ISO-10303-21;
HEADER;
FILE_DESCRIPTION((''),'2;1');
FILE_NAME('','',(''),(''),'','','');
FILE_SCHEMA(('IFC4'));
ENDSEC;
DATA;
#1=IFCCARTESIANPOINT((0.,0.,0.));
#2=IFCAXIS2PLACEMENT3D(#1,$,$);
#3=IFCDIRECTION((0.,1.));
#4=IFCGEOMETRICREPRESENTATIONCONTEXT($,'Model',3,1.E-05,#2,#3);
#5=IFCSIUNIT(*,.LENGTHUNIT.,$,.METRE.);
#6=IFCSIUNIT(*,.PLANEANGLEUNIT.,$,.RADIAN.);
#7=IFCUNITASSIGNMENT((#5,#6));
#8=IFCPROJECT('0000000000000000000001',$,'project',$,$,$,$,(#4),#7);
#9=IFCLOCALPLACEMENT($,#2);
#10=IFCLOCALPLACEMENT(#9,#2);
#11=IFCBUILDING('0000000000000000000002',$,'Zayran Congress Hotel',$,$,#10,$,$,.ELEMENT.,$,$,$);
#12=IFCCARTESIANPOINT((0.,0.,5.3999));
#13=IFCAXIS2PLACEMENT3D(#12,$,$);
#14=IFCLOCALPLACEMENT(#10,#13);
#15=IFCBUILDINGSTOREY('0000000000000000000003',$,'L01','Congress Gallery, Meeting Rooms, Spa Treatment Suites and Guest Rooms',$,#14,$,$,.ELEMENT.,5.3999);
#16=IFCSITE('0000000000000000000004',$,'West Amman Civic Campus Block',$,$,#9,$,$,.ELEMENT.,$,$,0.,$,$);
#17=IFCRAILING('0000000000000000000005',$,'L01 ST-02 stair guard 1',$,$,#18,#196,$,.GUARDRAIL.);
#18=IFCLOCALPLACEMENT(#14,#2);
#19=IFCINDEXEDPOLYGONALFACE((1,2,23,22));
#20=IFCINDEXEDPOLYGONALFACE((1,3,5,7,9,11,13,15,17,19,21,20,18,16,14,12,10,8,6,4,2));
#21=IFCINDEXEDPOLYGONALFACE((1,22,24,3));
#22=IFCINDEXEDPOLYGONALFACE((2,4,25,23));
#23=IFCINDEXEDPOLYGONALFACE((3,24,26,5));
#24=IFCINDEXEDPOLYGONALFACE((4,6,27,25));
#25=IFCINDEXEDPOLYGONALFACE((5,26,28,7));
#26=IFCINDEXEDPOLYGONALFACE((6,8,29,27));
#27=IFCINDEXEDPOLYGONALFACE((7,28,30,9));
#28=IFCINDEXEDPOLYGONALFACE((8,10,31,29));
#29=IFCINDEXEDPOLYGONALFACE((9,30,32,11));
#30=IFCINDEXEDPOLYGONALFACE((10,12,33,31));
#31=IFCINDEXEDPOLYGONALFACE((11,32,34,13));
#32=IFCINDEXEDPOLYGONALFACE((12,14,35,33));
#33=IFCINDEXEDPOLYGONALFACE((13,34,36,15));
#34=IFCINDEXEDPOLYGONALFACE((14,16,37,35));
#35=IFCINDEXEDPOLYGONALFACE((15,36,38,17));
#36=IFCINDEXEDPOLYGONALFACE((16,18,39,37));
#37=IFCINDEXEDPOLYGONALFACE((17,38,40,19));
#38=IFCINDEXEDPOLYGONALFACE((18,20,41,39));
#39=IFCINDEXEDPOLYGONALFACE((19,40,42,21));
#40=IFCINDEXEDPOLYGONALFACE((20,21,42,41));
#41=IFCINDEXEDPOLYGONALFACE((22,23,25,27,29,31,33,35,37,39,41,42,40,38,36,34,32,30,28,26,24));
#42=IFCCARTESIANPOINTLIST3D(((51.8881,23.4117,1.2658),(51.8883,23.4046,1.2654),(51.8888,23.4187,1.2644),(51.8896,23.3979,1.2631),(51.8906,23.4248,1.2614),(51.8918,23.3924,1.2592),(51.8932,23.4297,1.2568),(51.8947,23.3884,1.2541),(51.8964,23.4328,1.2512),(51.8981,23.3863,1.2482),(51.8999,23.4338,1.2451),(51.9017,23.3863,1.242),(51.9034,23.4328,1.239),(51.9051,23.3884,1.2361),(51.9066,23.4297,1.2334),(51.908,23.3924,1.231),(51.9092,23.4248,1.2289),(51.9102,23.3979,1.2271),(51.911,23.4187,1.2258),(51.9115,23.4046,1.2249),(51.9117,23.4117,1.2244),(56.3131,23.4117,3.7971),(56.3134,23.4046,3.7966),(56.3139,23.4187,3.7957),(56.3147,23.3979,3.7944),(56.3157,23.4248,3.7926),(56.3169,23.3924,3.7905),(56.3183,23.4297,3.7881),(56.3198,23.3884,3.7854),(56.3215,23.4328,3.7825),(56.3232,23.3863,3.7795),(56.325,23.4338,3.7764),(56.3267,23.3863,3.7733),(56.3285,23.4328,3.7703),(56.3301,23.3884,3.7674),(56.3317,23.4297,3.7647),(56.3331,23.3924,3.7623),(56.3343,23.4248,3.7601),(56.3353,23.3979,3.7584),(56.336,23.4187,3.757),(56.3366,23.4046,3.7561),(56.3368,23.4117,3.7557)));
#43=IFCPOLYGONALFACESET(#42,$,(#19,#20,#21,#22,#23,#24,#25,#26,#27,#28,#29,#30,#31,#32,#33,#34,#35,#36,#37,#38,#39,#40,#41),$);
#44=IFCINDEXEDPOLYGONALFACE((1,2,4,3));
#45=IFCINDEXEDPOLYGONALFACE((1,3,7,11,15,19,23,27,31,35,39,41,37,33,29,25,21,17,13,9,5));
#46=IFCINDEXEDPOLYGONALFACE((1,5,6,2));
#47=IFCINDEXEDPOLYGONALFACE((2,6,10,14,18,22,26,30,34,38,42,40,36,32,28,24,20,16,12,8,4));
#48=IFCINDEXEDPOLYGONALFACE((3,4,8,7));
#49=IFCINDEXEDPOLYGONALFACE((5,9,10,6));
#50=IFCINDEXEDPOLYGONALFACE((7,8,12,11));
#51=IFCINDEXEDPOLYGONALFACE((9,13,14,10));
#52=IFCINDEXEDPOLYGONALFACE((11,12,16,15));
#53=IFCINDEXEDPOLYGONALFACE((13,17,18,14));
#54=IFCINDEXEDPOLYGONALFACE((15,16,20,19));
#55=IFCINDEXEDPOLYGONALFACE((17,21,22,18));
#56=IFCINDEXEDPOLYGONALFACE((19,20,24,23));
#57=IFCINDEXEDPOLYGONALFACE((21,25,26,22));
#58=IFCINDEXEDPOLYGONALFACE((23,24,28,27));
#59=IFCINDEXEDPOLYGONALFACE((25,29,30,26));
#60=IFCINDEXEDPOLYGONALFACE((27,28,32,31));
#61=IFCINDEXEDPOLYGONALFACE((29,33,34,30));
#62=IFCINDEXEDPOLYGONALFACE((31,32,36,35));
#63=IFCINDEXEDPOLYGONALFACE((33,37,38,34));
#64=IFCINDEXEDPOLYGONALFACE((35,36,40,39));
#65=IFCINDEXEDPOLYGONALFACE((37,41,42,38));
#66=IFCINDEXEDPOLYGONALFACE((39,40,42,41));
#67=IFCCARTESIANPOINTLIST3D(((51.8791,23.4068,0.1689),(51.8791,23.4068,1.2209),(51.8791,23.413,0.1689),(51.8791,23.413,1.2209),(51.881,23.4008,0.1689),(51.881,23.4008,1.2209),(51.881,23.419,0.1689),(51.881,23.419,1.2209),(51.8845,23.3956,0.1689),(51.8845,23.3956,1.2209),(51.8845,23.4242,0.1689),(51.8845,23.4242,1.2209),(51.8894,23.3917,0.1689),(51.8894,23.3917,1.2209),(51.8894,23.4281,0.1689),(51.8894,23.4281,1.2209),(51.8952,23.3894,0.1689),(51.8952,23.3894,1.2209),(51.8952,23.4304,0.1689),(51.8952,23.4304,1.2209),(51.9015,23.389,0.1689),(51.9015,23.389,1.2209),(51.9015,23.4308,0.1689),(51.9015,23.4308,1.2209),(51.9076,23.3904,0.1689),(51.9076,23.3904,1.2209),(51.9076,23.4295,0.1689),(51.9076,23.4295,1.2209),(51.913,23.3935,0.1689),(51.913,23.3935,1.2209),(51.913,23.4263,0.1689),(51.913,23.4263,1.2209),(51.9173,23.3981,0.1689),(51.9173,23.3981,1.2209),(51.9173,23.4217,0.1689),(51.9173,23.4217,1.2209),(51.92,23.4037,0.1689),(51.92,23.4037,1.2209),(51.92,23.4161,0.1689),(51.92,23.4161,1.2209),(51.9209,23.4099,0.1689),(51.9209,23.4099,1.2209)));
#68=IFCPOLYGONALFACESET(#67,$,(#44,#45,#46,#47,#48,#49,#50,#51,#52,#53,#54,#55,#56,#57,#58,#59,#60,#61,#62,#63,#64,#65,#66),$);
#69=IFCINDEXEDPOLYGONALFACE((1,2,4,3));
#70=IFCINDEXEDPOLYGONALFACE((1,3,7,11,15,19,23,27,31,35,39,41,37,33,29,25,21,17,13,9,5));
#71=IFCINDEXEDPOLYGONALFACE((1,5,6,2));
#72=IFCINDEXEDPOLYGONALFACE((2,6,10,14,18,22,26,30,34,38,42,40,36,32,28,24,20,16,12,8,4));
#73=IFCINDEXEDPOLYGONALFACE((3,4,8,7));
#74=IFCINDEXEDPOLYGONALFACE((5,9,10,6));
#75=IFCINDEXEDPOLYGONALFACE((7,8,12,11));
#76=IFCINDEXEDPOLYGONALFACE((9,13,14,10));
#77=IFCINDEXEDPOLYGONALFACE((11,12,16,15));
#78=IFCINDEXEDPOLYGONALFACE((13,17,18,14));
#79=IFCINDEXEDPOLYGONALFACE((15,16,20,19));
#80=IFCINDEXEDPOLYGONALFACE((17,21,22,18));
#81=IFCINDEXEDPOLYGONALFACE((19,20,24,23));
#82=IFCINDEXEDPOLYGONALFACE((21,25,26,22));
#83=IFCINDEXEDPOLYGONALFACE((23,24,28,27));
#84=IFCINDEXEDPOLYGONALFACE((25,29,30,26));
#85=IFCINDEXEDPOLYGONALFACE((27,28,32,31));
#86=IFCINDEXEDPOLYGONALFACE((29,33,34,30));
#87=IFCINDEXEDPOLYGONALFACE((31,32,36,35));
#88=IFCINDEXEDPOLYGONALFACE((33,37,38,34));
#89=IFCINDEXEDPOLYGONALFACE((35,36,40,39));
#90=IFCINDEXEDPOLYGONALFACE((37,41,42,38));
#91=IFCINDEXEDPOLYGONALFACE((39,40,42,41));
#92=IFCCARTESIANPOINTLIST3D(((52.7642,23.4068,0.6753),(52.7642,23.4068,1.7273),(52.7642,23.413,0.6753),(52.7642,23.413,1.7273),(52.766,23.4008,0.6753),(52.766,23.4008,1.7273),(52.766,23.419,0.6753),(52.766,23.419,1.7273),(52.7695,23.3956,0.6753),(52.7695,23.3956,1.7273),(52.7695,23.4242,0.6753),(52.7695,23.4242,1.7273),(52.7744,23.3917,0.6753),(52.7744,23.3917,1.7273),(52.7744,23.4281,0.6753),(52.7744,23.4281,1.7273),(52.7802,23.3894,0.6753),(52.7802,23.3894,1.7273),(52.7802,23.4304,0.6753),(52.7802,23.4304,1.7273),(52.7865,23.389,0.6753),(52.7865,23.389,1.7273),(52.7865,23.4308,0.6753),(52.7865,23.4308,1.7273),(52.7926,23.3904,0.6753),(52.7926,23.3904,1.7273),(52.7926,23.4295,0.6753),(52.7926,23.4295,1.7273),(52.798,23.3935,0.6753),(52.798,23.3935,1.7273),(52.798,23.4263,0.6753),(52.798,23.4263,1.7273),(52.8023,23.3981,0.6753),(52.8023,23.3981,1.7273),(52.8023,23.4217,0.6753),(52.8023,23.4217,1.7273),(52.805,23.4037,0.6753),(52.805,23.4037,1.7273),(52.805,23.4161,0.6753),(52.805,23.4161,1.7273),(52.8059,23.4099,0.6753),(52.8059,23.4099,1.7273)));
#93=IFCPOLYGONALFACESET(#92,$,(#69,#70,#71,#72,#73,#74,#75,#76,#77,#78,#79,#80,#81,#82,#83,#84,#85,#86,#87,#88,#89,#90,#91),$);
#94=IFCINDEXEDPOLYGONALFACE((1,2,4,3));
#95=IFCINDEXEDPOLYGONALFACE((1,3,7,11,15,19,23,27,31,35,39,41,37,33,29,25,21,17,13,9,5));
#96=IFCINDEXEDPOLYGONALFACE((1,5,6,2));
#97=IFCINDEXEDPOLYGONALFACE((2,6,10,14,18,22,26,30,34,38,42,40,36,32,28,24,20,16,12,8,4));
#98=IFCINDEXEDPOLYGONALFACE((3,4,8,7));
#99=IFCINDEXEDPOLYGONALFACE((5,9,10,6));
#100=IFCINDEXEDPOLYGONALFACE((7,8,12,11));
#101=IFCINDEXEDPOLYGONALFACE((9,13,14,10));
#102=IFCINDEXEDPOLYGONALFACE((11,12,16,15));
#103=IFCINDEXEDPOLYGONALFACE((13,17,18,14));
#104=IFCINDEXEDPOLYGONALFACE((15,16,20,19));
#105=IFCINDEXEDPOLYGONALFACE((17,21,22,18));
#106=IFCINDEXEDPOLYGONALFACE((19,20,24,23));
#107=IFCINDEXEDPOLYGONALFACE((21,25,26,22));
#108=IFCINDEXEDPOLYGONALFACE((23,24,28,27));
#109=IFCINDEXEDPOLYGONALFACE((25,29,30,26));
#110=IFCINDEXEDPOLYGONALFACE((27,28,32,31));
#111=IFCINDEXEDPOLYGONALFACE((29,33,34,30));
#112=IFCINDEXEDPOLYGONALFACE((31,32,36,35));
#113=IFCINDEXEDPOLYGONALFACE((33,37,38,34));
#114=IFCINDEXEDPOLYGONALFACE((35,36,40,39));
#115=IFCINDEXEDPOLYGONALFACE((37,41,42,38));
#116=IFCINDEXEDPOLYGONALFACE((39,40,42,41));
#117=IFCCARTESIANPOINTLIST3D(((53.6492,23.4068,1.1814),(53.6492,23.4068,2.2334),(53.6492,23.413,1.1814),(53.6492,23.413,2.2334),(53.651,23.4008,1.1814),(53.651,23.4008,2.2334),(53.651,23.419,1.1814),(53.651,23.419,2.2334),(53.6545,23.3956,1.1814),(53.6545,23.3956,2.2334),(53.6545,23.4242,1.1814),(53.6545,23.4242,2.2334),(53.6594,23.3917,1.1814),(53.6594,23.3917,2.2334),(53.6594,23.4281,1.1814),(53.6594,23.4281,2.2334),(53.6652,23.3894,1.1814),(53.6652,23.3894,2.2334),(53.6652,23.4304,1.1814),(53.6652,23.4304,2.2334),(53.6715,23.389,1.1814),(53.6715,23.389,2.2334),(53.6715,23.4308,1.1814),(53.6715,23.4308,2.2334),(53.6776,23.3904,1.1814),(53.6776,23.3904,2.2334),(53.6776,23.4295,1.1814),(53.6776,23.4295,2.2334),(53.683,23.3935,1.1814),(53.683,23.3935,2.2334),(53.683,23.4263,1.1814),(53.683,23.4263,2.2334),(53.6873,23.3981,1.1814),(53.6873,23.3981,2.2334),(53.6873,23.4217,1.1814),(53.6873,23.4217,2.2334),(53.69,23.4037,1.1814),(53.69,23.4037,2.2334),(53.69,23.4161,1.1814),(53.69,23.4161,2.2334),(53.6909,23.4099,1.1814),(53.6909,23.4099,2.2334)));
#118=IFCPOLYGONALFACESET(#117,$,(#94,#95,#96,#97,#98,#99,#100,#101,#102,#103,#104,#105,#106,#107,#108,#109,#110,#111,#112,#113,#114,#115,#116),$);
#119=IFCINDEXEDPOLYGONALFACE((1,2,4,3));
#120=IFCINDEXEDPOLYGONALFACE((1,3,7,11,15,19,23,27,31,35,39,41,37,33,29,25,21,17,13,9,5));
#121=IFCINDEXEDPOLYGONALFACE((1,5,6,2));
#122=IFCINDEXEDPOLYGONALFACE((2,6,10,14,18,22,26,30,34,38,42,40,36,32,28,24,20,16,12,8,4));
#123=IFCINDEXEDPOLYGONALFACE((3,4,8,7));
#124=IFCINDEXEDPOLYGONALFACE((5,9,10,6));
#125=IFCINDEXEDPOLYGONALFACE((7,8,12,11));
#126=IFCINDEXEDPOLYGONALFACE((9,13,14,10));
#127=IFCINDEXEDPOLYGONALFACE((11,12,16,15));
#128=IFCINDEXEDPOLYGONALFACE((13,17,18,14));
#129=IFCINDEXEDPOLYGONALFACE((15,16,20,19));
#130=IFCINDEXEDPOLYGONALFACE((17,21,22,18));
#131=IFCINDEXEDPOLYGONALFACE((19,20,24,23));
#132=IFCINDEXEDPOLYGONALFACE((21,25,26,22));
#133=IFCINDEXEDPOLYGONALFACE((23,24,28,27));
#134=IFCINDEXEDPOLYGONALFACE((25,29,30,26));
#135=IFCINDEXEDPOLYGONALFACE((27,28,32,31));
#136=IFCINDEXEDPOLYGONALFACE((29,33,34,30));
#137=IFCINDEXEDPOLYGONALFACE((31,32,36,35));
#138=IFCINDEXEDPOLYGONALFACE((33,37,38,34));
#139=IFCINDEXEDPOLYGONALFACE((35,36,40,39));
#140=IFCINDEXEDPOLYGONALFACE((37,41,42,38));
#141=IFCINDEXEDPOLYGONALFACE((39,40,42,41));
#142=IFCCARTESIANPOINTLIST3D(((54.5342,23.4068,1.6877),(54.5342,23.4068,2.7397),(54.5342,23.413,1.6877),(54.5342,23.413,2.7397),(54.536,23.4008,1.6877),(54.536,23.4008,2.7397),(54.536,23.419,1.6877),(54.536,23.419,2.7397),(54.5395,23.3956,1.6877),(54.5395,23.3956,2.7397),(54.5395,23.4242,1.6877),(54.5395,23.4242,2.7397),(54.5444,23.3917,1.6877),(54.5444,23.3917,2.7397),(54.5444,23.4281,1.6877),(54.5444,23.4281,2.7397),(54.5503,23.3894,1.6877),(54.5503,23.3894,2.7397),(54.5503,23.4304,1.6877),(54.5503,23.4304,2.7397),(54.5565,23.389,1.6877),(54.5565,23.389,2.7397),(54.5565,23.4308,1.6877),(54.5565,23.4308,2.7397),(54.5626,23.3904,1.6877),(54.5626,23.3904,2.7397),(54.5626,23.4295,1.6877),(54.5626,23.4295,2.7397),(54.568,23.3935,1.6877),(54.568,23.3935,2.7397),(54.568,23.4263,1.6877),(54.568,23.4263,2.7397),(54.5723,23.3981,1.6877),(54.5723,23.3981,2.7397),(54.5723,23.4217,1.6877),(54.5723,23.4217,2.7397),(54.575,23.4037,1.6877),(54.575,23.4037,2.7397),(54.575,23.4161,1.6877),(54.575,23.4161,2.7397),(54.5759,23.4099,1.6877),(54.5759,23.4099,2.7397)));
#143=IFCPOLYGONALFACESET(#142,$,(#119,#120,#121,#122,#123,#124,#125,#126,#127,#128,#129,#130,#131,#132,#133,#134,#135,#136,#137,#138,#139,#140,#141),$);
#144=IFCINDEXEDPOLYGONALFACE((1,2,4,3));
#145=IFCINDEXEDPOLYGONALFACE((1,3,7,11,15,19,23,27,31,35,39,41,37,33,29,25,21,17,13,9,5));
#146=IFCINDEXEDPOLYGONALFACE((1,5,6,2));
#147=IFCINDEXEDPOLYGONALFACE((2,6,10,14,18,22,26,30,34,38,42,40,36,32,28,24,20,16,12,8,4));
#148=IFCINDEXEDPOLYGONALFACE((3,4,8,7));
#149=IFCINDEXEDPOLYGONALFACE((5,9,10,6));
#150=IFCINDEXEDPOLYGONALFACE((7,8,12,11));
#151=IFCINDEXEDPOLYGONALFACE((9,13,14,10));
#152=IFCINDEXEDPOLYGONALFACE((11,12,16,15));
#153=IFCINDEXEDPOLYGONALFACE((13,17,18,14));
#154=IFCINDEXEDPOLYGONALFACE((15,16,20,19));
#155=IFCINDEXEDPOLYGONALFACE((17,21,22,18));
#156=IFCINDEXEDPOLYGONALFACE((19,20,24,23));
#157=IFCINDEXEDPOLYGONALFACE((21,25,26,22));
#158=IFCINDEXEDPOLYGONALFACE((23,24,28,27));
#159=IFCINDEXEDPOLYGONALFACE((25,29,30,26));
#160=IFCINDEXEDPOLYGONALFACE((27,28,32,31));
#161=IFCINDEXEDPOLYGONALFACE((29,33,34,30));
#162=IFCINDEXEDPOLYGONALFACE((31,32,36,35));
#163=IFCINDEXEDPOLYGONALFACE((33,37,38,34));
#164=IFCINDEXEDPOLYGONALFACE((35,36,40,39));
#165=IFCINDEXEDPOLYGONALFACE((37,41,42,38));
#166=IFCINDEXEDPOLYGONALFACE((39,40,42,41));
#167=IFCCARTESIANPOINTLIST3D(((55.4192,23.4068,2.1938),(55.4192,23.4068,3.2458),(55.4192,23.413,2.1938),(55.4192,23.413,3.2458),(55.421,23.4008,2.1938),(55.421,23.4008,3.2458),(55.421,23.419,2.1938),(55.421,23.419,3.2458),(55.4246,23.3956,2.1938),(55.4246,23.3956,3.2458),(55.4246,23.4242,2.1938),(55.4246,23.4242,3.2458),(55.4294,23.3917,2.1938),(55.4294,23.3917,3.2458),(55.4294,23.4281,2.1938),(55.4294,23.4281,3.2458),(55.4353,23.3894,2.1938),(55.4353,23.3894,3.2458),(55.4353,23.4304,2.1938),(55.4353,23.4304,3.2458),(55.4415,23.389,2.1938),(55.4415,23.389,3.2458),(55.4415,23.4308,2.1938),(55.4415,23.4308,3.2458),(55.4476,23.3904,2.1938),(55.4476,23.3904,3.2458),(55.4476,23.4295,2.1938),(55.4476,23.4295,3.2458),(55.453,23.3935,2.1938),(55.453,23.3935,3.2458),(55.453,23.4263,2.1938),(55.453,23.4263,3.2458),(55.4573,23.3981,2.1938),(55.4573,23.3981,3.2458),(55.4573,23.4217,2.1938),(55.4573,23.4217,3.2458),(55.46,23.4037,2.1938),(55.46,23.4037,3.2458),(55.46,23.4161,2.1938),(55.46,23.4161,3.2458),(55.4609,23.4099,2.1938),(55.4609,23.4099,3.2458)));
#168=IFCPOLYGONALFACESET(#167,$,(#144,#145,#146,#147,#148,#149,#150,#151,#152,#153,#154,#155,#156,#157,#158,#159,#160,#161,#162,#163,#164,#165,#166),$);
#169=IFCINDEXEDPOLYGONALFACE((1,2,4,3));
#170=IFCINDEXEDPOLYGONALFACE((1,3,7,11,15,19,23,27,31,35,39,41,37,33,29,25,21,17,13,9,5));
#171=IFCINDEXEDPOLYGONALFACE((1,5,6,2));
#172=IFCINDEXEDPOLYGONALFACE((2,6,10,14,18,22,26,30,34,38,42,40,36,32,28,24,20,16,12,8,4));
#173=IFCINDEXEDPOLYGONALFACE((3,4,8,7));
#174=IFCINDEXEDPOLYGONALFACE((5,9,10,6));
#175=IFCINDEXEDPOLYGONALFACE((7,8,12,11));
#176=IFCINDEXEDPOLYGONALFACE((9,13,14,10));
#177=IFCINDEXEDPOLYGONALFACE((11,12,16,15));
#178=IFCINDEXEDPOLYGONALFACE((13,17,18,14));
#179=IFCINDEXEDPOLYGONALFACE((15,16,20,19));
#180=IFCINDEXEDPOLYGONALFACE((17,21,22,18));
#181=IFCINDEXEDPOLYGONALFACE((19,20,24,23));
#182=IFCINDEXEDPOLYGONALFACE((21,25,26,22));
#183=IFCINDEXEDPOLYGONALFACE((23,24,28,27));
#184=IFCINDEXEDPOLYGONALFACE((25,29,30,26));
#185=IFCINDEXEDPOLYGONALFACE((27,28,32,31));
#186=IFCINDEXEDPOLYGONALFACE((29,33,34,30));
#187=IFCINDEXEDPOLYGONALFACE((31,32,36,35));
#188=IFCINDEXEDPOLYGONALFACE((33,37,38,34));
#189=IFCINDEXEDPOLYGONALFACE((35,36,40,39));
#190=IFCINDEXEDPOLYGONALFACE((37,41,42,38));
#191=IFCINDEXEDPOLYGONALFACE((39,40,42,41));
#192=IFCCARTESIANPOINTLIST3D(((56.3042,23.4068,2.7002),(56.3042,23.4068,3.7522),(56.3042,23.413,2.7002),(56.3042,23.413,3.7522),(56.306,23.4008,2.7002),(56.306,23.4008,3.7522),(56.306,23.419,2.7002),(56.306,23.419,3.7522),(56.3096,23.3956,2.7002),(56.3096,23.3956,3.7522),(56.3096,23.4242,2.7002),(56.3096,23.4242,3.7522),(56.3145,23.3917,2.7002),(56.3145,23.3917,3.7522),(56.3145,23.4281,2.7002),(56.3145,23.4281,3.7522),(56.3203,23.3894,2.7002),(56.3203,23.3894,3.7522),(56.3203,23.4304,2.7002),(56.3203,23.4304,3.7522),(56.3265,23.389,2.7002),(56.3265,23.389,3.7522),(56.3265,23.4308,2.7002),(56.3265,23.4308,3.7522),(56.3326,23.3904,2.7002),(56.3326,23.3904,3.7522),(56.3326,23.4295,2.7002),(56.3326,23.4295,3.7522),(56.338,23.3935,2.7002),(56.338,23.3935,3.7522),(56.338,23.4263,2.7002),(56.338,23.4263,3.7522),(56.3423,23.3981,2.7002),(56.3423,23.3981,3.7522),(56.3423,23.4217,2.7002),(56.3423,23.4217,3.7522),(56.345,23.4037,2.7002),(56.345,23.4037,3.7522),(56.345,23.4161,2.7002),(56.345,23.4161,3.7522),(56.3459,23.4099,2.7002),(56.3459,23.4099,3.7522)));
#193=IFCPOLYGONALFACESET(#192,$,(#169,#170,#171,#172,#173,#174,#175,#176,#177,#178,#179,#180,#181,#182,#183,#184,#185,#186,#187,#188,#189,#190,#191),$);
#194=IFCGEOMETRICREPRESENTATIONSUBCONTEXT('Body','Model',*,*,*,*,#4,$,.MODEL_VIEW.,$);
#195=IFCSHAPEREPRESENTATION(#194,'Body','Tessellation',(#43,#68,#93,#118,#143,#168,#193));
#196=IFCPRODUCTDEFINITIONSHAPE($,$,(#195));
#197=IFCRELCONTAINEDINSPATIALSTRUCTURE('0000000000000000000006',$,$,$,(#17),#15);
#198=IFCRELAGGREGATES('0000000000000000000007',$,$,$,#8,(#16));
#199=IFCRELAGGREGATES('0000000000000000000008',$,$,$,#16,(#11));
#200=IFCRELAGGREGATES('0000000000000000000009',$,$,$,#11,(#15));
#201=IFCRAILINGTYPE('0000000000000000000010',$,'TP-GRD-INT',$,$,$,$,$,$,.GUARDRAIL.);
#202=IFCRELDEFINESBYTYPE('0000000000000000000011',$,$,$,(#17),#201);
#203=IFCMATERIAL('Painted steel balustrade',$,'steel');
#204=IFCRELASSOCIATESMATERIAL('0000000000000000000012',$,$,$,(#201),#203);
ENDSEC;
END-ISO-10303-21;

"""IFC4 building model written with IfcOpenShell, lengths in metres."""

from ifc_helpers import new_model, si_unit, direction, frame, origin, origin_2d, place, context, subcontext, project, spatial, circle, extrude, material, type_object, element, save


model = new_model("IFC4")

# Units and contexts
model_context = context("Model", 3, precision=1e-05, world=origin(), true_north=direction((0.0, 1.0)))
body_context = subcontext(model_context, "Body", "Model", "MODEL_VIEW")
ifc_project = project(units=[si_unit("LENGTHUNIT", "METRE"), si_unit("PLANEANGLEUNIT", "RADIAN")], contexts=[model_context])

# Site, building, storey
site_placement = place(None, origin())
site = spatial("IfcSite", under=ifc_project, at=site_placement, Name="West Amman Civic Campus Block", CompositionType="ELEMENT", RefElevation=0.0)
building_placement = place(site_placement, origin())
building = spatial("IfcBuilding", under=site, at=building_placement, Name="Zayran Congress Hotel", CompositionType="ELEMENT")
storey_placement = place(building_placement, frame((0.0, 0.0, 5.3999)))
storey = spatial("IfcBuildingStorey", under=building, at=storey_placement, Name="L01", Description="Congress Gallery, Meeting Rooms, Spa Treatment Suites and Guest Rooms", CompositionType="ELEMENT", Elevation=5.3999)

# Railing
ifc_material_1 = material(Name="Painted steel balustrade", Category="steel")
railing_type_1 = type_object("IfcRailingType", Name="TP-GRD-INT", PredefinedType="GUARDRAIL", material=ifc_material_1)
railing_1_placement = place(storey_placement, frame((51.8999, 23.4099, 0.1689)))
element("IfcRailing", 1, at=railing_1_placement, inside=storey, type_object=railing_type_1, Name="L01 ST-02 stair guard 1", PredefinedType="GUARDRAIL", context=body_context, shape_type="SweptSolid", body=[
    extrude(circle(Radius=0.0239, at=origin_2d()), frame((0.0, 0.0, 1.0762), z_axis=(0.868019, 0.0, 0.496531), x_axis=(0.0, 1.0, 0.0)), (0.0, 0.0, 1.0), 5.0979),
    extrude(circle(Radius=0.021, at=origin_2d()), origin(), (0.0, 0.0, 1.0), 1.052),
    extrude(circle(Radius=0.021, at=origin_2d()), frame((0.885, 0.0, 0.5063)), (0.0, 0.0, 1.0), 1.052),
    extrude(circle(Radius=0.021, at=origin_2d()), frame((1.77, 0.0, 1.0125)), (0.0, 0.0, 1.0), 1.052),
    extrude(circle(Radius=0.021, at=origin_2d()), frame((2.655, 0.0, 1.5188)), (0.0, 0.0, 1.0), 1.052),
    extrude(circle(Radius=0.021, at=origin_2d()), frame((3.54, 0.0, 2.0249)), (0.0, 0.0, 1.0), 1.052),
    extrude(circle(Radius=0.021, at=origin_2d()), frame((4.425, 0.0, 2.5312)), (0.0, 0.0, 1.0), 1.052),
])

save(model, "model.ifc")
